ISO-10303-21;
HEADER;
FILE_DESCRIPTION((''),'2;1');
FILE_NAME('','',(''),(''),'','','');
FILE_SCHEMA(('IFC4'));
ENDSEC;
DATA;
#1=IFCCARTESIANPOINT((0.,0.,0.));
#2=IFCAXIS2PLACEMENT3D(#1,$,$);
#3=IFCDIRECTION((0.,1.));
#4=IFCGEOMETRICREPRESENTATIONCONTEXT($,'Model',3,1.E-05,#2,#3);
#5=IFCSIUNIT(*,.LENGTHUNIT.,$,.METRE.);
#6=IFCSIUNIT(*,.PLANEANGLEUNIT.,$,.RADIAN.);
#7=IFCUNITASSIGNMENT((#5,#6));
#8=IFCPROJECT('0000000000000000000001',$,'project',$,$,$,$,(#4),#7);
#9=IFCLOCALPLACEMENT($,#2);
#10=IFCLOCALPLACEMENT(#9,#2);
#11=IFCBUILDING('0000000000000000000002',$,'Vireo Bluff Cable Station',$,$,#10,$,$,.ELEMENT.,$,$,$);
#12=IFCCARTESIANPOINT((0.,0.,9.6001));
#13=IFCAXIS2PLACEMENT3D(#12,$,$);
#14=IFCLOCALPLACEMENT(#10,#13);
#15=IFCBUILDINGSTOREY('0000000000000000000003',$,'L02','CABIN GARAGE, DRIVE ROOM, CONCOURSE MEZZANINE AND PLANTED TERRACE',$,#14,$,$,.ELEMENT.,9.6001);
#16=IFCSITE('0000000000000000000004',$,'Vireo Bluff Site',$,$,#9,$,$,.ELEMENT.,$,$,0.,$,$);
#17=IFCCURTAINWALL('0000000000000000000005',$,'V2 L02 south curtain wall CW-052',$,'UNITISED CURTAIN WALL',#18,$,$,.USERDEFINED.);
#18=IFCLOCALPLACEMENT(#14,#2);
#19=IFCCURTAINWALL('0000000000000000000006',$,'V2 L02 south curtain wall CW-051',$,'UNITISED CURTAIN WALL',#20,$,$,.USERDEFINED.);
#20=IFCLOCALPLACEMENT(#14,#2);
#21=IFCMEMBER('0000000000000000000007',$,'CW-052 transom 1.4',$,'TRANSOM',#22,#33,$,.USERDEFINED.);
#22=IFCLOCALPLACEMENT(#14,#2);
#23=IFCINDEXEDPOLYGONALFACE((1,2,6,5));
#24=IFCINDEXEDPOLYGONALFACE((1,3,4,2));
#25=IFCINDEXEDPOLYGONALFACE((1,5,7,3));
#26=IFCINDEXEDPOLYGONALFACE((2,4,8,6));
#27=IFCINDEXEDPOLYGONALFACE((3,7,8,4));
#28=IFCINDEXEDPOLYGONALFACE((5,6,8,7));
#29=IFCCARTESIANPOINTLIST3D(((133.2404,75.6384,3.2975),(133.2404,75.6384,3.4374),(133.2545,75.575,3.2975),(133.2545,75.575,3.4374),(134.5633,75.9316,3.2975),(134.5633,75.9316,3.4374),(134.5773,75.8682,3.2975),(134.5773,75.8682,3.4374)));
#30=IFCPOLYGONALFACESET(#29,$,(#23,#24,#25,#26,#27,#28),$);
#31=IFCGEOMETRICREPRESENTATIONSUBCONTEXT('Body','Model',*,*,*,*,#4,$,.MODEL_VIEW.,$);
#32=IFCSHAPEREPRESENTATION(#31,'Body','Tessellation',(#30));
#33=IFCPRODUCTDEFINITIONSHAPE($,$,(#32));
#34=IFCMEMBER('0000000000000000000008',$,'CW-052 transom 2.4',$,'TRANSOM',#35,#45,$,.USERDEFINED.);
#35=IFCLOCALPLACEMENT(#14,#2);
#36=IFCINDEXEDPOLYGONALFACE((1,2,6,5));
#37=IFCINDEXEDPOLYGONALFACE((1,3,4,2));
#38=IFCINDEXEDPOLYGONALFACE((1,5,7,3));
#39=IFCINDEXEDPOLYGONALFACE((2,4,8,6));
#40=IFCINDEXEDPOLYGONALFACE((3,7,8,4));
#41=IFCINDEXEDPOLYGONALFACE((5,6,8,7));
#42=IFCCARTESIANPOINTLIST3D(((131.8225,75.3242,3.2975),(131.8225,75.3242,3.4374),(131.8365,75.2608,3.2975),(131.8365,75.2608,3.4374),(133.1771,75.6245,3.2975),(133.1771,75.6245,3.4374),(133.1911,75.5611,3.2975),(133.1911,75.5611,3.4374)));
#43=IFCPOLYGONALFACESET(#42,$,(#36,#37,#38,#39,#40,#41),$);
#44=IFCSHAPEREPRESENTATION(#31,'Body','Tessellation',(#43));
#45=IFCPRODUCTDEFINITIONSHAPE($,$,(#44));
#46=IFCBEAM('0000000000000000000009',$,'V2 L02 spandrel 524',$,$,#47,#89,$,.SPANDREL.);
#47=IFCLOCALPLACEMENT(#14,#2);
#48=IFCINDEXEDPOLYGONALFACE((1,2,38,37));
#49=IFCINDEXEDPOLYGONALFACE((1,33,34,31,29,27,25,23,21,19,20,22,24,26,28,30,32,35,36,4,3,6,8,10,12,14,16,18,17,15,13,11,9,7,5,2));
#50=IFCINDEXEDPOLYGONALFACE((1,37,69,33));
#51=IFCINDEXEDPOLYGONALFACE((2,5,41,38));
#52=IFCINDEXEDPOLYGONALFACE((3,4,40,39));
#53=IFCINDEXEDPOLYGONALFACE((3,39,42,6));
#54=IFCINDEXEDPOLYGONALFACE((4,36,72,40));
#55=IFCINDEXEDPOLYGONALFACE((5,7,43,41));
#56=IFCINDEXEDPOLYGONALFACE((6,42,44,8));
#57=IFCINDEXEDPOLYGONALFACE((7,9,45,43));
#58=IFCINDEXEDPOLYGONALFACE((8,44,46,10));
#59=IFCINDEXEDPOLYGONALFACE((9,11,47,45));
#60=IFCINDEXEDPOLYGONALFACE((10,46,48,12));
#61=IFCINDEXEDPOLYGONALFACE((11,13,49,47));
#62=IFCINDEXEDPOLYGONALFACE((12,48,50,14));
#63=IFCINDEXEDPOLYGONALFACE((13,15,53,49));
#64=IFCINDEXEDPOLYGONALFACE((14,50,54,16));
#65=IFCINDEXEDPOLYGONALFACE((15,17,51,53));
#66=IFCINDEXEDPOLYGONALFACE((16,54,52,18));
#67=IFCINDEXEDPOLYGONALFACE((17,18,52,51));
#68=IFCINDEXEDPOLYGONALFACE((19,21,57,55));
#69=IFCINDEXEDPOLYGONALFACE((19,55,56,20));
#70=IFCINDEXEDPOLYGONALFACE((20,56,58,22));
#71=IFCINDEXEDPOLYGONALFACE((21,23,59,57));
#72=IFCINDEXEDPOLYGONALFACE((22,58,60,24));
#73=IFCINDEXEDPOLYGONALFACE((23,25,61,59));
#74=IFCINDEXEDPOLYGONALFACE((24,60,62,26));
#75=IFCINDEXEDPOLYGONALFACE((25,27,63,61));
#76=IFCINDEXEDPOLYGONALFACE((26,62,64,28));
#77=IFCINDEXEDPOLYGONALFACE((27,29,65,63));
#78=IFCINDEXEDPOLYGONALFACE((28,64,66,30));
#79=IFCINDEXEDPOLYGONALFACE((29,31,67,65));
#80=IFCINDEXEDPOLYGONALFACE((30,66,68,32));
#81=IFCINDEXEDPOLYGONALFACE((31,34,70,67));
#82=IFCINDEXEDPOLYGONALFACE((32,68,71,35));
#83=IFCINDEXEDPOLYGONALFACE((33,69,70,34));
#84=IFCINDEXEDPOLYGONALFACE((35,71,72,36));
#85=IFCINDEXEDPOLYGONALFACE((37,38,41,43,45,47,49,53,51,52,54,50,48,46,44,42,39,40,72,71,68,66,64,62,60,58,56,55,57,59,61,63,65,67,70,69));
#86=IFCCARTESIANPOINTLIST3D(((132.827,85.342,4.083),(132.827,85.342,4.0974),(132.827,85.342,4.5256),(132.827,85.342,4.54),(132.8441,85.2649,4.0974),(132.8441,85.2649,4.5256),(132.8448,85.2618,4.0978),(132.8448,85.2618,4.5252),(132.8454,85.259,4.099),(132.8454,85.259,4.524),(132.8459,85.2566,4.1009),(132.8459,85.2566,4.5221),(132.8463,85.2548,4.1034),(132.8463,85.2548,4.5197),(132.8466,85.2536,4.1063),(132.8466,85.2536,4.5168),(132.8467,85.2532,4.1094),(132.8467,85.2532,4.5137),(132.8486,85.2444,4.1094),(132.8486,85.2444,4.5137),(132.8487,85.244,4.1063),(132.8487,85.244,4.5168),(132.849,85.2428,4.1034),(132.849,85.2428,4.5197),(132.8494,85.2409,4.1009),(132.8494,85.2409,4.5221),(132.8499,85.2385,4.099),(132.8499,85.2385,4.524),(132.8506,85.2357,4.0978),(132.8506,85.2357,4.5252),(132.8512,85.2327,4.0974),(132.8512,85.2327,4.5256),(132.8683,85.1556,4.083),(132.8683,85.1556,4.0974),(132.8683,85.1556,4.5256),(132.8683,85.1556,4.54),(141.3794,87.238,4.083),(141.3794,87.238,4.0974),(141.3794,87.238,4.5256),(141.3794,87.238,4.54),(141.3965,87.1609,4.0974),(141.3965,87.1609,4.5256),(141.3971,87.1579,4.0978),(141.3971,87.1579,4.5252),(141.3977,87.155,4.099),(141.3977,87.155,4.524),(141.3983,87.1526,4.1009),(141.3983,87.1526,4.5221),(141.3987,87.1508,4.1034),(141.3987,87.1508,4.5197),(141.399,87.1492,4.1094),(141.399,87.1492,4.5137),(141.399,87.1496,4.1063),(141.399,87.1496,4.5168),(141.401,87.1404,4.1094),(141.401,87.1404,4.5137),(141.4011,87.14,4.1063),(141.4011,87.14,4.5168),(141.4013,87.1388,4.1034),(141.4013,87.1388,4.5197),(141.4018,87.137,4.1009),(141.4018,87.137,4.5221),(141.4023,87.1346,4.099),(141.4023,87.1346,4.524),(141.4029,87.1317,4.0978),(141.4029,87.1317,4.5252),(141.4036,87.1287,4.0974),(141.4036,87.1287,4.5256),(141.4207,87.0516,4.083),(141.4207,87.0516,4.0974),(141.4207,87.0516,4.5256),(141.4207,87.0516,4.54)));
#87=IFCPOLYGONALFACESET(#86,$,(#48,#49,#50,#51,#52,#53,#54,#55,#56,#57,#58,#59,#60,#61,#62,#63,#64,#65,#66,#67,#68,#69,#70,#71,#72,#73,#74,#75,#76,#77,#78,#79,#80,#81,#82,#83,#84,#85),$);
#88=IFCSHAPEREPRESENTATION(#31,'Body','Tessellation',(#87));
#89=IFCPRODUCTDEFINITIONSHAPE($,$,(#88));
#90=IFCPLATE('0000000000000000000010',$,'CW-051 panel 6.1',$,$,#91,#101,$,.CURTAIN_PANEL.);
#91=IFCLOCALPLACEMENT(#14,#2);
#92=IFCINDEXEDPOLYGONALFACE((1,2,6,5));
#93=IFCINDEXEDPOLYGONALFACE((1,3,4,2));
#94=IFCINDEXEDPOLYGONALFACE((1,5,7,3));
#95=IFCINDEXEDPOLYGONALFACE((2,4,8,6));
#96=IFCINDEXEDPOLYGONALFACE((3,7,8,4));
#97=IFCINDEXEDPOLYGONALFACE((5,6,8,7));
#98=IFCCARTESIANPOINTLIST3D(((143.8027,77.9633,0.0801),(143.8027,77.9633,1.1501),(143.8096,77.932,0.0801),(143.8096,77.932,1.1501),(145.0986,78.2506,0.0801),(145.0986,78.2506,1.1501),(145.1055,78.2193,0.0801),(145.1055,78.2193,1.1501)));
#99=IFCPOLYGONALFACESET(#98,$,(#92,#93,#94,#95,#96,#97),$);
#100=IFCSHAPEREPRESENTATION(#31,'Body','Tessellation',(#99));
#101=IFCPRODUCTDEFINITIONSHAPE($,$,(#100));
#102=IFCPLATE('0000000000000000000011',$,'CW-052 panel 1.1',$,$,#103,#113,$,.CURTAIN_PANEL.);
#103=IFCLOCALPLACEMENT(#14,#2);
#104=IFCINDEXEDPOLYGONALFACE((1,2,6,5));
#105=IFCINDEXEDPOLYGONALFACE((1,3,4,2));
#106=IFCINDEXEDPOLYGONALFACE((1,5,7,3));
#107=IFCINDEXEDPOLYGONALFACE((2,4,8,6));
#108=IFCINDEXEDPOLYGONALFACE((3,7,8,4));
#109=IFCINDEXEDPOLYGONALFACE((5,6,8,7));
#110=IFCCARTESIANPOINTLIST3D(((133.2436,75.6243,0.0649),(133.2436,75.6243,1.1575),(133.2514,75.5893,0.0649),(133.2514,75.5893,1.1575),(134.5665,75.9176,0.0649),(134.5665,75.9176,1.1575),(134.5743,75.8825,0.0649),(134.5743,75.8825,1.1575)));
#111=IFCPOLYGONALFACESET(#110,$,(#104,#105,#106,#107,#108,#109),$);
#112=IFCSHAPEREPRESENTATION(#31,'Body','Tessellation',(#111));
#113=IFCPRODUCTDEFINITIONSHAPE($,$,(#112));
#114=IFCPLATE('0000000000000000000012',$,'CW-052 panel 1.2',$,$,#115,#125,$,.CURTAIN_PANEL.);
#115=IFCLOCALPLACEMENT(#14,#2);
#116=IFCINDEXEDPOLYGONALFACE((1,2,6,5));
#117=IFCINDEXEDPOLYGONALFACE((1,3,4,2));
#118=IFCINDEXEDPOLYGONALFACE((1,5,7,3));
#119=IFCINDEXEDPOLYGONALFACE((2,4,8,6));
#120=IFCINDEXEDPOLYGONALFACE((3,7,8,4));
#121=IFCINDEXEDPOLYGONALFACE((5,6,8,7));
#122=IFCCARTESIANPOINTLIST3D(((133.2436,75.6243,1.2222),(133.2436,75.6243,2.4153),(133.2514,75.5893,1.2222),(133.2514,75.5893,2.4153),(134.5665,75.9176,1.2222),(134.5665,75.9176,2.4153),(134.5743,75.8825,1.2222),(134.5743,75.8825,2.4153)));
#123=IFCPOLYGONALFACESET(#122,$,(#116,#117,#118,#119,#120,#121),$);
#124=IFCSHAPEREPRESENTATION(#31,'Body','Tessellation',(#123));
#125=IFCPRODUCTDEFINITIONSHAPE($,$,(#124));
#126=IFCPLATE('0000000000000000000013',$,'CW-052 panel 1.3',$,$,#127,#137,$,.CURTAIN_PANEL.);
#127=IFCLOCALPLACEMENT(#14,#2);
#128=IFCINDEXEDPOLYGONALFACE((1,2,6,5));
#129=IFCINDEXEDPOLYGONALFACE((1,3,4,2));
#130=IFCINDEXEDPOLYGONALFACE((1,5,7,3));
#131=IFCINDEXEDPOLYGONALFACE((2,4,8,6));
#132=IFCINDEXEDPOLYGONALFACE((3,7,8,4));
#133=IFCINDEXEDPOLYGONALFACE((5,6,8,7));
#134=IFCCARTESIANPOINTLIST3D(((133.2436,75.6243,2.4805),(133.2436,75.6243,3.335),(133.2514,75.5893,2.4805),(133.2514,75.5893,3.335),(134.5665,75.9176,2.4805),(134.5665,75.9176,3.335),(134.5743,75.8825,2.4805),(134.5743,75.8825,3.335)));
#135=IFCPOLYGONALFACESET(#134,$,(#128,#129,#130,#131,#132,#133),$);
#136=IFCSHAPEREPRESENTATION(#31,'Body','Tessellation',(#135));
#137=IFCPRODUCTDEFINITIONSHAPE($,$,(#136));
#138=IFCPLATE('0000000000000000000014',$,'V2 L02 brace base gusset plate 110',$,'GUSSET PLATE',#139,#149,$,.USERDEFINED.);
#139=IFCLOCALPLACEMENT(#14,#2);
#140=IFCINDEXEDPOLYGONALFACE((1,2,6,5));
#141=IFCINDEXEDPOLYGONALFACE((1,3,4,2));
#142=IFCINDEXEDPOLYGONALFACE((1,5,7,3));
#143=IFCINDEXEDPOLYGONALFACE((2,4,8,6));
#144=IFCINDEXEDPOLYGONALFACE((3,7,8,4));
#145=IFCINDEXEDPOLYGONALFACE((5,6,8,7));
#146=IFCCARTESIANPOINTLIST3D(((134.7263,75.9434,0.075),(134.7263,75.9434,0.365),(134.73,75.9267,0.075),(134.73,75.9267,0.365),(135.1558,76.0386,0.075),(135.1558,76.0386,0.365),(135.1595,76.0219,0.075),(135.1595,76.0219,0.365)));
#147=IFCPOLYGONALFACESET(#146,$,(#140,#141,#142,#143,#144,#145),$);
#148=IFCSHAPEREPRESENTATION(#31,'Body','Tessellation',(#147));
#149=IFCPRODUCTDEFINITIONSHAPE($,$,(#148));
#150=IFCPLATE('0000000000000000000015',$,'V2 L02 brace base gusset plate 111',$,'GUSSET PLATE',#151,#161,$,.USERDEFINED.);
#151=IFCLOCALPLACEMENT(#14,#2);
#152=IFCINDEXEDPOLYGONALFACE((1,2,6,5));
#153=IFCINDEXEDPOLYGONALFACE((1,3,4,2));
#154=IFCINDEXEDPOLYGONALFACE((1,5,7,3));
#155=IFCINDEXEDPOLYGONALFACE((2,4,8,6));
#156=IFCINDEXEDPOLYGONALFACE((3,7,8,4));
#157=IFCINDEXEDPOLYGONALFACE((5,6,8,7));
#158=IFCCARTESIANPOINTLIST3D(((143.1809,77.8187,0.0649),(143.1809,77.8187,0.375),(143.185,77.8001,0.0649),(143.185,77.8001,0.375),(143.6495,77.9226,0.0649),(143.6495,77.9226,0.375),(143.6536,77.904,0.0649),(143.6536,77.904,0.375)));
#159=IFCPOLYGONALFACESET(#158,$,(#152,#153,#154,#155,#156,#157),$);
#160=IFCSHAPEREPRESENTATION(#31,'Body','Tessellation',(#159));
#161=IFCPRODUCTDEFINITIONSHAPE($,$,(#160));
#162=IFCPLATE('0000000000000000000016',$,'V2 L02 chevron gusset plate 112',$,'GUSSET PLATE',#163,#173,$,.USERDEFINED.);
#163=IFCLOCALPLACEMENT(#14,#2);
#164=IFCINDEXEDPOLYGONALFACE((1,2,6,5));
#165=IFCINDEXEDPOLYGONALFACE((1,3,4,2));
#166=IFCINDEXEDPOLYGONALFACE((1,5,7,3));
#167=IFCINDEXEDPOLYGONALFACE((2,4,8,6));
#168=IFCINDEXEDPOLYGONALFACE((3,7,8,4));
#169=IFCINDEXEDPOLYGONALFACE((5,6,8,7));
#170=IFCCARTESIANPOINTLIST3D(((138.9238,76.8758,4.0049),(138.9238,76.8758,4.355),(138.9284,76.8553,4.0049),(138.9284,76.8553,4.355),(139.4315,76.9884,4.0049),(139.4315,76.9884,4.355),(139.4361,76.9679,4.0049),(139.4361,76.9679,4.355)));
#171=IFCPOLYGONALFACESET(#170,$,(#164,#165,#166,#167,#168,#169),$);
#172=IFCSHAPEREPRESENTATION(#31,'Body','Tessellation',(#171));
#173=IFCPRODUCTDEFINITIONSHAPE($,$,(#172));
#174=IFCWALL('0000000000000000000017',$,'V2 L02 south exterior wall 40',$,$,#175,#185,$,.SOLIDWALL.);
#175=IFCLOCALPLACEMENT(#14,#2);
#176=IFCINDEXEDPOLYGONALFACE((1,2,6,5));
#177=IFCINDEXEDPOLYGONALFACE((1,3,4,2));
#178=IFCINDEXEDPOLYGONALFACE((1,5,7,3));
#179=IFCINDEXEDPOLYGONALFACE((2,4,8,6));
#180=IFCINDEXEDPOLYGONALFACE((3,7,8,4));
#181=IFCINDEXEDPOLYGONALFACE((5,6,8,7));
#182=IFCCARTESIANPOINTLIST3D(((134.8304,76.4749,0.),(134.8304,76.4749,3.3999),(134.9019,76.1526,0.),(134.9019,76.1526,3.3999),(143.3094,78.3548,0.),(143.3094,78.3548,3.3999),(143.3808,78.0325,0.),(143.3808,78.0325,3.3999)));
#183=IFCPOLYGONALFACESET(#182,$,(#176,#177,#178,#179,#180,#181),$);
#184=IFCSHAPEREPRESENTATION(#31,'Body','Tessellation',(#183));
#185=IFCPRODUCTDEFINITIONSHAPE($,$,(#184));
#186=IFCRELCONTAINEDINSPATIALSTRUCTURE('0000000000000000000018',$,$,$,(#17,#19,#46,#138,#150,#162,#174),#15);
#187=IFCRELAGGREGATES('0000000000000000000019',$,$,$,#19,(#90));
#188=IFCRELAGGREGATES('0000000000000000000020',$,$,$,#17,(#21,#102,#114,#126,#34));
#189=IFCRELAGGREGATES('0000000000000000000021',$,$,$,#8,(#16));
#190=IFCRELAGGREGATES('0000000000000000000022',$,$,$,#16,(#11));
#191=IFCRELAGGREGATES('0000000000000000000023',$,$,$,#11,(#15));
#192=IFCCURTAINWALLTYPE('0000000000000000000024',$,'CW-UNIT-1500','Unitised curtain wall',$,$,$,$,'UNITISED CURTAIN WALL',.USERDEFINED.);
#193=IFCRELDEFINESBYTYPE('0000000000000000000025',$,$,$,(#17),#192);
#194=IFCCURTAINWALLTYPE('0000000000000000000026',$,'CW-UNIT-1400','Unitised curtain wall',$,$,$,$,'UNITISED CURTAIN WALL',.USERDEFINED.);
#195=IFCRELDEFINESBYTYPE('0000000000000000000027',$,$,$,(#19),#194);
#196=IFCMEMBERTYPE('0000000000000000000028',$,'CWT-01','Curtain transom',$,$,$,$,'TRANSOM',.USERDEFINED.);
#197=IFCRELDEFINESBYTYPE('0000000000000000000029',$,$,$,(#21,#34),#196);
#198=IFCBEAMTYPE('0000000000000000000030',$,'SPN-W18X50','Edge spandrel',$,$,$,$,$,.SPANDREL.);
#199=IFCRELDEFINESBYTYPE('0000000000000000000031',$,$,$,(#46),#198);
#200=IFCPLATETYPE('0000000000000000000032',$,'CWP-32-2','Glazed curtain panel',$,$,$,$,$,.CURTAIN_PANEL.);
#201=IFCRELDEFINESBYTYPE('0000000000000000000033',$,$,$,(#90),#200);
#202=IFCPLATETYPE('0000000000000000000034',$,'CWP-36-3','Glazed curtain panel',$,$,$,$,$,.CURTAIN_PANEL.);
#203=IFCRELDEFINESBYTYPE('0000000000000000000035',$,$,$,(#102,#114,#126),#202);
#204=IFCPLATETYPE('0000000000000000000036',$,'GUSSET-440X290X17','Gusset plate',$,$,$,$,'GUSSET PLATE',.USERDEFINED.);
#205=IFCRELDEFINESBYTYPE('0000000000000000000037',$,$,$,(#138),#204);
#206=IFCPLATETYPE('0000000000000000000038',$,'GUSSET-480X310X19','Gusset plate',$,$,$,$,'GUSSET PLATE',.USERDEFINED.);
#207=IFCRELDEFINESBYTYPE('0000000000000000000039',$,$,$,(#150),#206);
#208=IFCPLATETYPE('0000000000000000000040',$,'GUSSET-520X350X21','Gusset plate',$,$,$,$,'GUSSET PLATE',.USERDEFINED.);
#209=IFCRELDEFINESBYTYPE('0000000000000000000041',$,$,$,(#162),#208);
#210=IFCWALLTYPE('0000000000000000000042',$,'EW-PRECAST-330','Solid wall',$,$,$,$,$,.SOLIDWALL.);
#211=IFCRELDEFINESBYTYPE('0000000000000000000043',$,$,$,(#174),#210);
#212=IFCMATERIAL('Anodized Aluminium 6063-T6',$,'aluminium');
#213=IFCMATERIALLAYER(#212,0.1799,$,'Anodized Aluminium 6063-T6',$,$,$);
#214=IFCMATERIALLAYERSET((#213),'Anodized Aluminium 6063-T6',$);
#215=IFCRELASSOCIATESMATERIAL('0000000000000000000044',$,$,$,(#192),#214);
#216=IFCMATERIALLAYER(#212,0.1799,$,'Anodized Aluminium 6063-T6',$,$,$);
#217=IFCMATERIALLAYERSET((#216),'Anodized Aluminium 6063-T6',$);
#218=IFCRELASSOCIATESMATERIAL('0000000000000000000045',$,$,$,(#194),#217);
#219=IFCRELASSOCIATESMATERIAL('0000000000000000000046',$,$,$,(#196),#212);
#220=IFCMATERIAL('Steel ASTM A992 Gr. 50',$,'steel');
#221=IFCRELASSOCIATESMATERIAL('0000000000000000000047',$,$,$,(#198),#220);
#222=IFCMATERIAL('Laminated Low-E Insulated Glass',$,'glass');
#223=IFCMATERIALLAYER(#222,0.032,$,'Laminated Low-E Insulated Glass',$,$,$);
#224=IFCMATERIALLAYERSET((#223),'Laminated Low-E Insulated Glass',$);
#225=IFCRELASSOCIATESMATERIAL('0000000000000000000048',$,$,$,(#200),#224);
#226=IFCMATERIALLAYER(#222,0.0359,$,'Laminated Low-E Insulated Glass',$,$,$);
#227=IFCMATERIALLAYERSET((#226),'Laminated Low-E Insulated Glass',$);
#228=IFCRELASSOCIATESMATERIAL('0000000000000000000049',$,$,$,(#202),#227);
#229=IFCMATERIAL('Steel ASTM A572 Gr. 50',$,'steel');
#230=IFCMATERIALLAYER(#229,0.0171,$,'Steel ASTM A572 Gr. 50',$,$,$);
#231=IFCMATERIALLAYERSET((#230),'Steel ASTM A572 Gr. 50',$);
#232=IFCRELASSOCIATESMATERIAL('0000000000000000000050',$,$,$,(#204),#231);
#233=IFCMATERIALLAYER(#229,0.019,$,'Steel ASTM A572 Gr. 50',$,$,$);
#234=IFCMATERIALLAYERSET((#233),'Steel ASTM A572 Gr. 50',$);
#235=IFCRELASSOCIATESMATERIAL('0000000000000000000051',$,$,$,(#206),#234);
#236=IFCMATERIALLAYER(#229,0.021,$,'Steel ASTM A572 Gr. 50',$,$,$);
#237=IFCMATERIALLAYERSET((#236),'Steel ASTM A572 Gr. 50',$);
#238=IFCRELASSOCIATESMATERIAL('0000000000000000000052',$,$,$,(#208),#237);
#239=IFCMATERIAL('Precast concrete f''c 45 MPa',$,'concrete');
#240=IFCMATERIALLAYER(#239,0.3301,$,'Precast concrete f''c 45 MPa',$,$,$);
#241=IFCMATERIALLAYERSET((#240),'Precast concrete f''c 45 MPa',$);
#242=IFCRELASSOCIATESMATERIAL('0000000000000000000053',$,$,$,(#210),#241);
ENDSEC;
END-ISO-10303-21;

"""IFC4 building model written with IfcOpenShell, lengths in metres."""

from ifc_helpers import new_model, si_unit, direction, frame, frame_2d, origin, origin_2d, place, context, subcontext, project, spatial, rectangle, i_section, extrude, material, layer, layer_set, material_profile, profile_set, type_object, element, aggregate, save


model = new_model("IFC4")

# Units and contexts
model_context = context("Model", 3, precision=1e-05, world=origin(), true_north=direction((0.0, 1.0)))
body_context = subcontext(model_context, "Body", "Model", "MODEL_VIEW")
ifc_project = project(units=[si_unit("LENGTHUNIT", "METRE"), si_unit("PLANEANGLEUNIT", "RADIAN")], contexts=[model_context])

# Site, building, storey
site_placement = place(None, origin())
site = spatial("IfcSite", under=ifc_project, at=site_placement, Name="Vireo Bluff Site", CompositionType="ELEMENT", RefElevation=0.0)
building_placement = place(site_placement, origin())
building = spatial("IfcBuilding", under=site, at=building_placement, Name="Vireo Bluff Cable Station", CompositionType="ELEMENT")
storey_placement = place(building_placement, frame((0.0, 0.0, 9.6001)))
storey = spatial("IfcBuildingStorey", under=building, at=storey_placement, Name="L02", Description="CABIN GARAGE, DRIVE ROOM, CONCOURSE MEZZANINE AND PLANTED TERRACE", CompositionType="ELEMENT", Elevation=9.6001)

# Shared definitions
ifc_material_1 = material(Name="Steel ASTM A992 Gr. 50", Category="steel")

# Curtain wall
ifc_material_2 = material(Name="Anodized Aluminium 6063-T6", Category="aluminium")
ifc_layer_1 = layer(ifc_material_2, 0.1799, Name="Anodized Aluminium 6063-T6")
ifc_layer_set_1 = layer_set([ifc_layer_1], Name="Anodized Aluminium 6063-T6")
curtain_wall_type_1 = type_object("IfcCurtainWallType", Name="CW-UNIT-1500", Description="Unitised curtain wall", ElementType="UNITISED CURTAIN WALL", PredefinedType="USERDEFINED", material=ifc_layer_set_1)
curtain_wall_1_placement = place(storey_placement, origin())
curtain_wall_1 = element("IfcCurtainWall", 1, at=curtain_wall_1_placement, inside=storey, type_object=curtain_wall_type_1, Name="V2 L02 south curtain wall CW-052", ObjectType="UNITISED CURTAIN WALL", PredefinedType="USERDEFINED")

# Curtain wall
ifc_layer_2 = layer(ifc_material_2, 0.1799, Name="Anodized Aluminium 6063-T6")
ifc_layer_set_2 = layer_set([ifc_layer_2], Name="Anodized Aluminium 6063-T6")
curtain_wall_type_2 = type_object("IfcCurtainWallType", Name="CW-UNIT-1400", Description="Unitised curtain wall", ElementType="UNITISED CURTAIN WALL", PredefinedType="USERDEFINED", material=ifc_layer_set_2)
curtain_wall_2_placement = place(storey_placement, origin())
curtain_wall_2 = element("IfcCurtainWall", 2, at=curtain_wall_2_placement, inside=storey, type_object=curtain_wall_type_2, Name="V2 L02 south curtain wall CW-051", ObjectType="UNITISED CURTAIN WALL", PredefinedType="USERDEFINED")

# Members
ifc_material_profile_1 = material_profile(ifc_material_2, rectangle(XDim=0.0649, YDim=0.1399, at=origin_2d()), Name="ALU-T-65X140")
ifc_profile_set_1 = profile_set([ifc_material_profile_1], Name="Anodized Aluminium 6063-T6")
member_type_1 = type_object("IfcMemberType", Name="CWT-01", Description="Curtain transom", ElementType="TRANSOM", PredefinedType="USERDEFINED", material=ifc_profile_set_1)
member_1_placement = place(storey_placement, frame((134.5703, 75.8999, 3.3674), z_axis=(-0.976301, -0.216415, 0.0), x_axis=(0.216415, -0.976301, 0.0)))
member_1 = element("IfcMember", 3, at=member_1_placement, type_object=member_type_1, Name="CW-052 transom 1.4", ObjectType="TRANSOM", PredefinedType="USERDEFINED", context=body_context, shape_type="SweptSolid", body=[
    extrude(rectangle(XDim=0.0649, YDim=0.1399, at=origin_2d()), origin(), (0.0, 0.0, 1.0), 1.355),
])
member_2_placement = place(storey_placement, frame((133.1841, 75.5928, 3.3674), z_axis=(-0.976295, -0.216446, 0.0), x_axis=(0.216446, -0.976295, 0.0)))
member_2 = element("IfcMember", 4, at=member_2_placement, type_object=member_type_1, Name="CW-052 transom 2.4", ObjectType="TRANSOM", PredefinedType="USERDEFINED", context=body_context, shape_type="SweptSolid", body=[
    extrude(rectangle(XDim=0.0649, YDim=0.1399, at=origin_2d()), origin(), (0.0, 0.0, 1.0), 1.3875),
])

# Beam
ifc_material_profile_2 = material_profile(ifc_material_1, i_section(OverallWidth=0.1909, OverallDepth=0.457, WebThickness=0.009, FlangeThickness=0.0144, FilletRadius=0.012, at=origin_2d()), Name="W18X50")
ifc_profile_set_2 = profile_set([ifc_material_profile_2], Name="Steel ASTM A992 Gr. 50")
beam_type = type_object("IfcBeamType", Name="SPN-W18X50", Description="Edge spandrel", PredefinedType="SPANDREL", material=ifc_profile_set_2)
beam_placement = place(storey_placement, frame((132.8477, 85.2488, 4.3115), z_axis=(0.976296, 0.216441, 0.0), x_axis=(-0.216441, 0.976296, 0.0)))
element("IfcBeam", 5, at=beam_placement, inside=storey, type_object=beam_type, Name="V2 L02 spandrel 524", PredefinedType="SPANDREL", context=body_context, shape_type="SweptSolid", body=[
    extrude(i_section(OverallWidth=0.1909, OverallDepth=0.457, WebThickness=0.009, FlangeThickness=0.0144, FilletRadius=0.012, at=origin_2d()), origin(), (0.0, 0.0, 1.0), 8.76),
])

# Plates
ifc_material_3 = material(Name="Laminated Low-E Insulated Glass", Category="glass")
ifc_layer_3 = layer(ifc_material_3, 0.032, Name="Laminated Low-E Insulated Glass")
ifc_layer_set_3 = layer_set([ifc_layer_3], Name="Laminated Low-E Insulated Glass")
plate_type_1 = type_object("IfcPlateType", Name="CWP-32-2", Description="Glazed curtain panel", PredefinedType="CURTAIN_PANEL", material=ifc_layer_set_3)
plate_1_placement = place(storey_placement, frame((144.4541, 78.0913, 0.0801), z_axis=(0.0, 0.0, 1.0), x_axis=(-0.976296, -0.21644, 0.0)))
plate_1 = element("IfcPlate", 6, at=plate_1_placement, type_object=plate_type_1, Name="CW-051 panel 6.1", PredefinedType="CURTAIN_PANEL", context=body_context, shape_type="SweptSolid", body=[
    extrude(rectangle(XDim=1.3274, YDim=0.032, at=origin_2d()), origin(), (0.0, 0.0, 1.0), 1.0701),
])
aggregate(curtain_wall_2, [plate_1])
ifc_layer_4 = layer(ifc_material_3, 0.0359, Name="Laminated Low-E Insulated Glass")
ifc_layer_set_4 = layer_set([ifc_layer_4], Name="Laminated Low-E Insulated Glass")
plate_type_2 = type_object("IfcPlateType", Name="CWP-36-3", Description="Glazed curtain panel", PredefinedType="CURTAIN_PANEL", material=ifc_layer_set_4)
plate_2_placement = place(storey_placement, frame((133.9089, 75.7534, 0.0649), z_axis=(0.0, 0.0, 1.0), x_axis=(-0.976296, -0.21644, 0.0)))
plate_2 = element("IfcPlate", 7, at=plate_2_placement, type_object=plate_type_2, Name="CW-052 panel 1.1", PredefinedType="CURTAIN_PANEL", context=body_context, shape_type="SweptSolid", body=[
    extrude(rectangle(XDim=1.355, YDim=0.0359, at=origin_2d()), origin(), (0.0, 0.0, 1.0), 1.0925),
])
plate_3_placement = place(storey_placement, frame((133.9089, 75.7534, 1.2222), z_axis=(0.0, 0.0, 1.0), x_axis=(-0.976296, -0.21644, 0.0)))
plate_3 = element("IfcPlate", 8, at=plate_3_placement, type_object=plate_type_2, Name="CW-052 panel 1.2", PredefinedType="CURTAIN_PANEL", context=body_context, shape_type="SweptSolid", body=[
    extrude(rectangle(XDim=1.355, YDim=0.0359, at=origin_2d()), origin(), (0.0, 0.0, 1.0), 1.1931),
])
plate_4_placement = place(storey_placement, frame((133.9089, 75.7534, 2.4805), z_axis=(0.0, 0.0, 1.0), x_axis=(-0.976296, -0.21644, 0.0)))
plate_4 = element("IfcPlate", 9, at=plate_4_placement, type_object=plate_type_2, Name="CW-052 panel 1.3", PredefinedType="CURTAIN_PANEL", context=body_context, shape_type="SweptSolid", body=[
    extrude(rectangle(XDim=1.355, YDim=0.0359, at=origin_2d()), origin(), (0.0, 0.0, 1.0), 0.8545),
])
aggregate(curtain_wall_1, [member_1, plate_2, plate_3, plate_4, member_2])

# Plates
ifc_material_4 = material(Name="Steel ASTM A572 Gr. 50", Category="steel")
ifc_layer_5 = layer(ifc_material_4, 0.0171, Name="Steel ASTM A572 Gr. 50")
ifc_layer_set_5 = layer_set([ifc_layer_5], Name="Steel ASTM A572 Gr. 50")
plate_type_3 = type_object("IfcPlateType", Name="GUSSET-440X290X17", Description="Gusset plate", ElementType="GUSSET PLATE", PredefinedType="USERDEFINED", material=ifc_layer_set_5)
plate_5_placement = place(storey_placement, frame((134.9429, 75.9827, 0.075), z_axis=(0.0, 0.0, 1.0), x_axis=(0.976296, 0.21644, 0.0)))
element("IfcPlate", 10, at=plate_5_placement, inside=storey, type_object=plate_type_3, Name="V2 L02 brace base gusset plate 110", ObjectType="GUSSET PLATE", PredefinedType="USERDEFINED", context=body_context, shape_type="SweptSolid", body=[
    extrude(rectangle(XDim=0.4399, YDim=0.0171, at=origin_2d()), origin(), (0.0, 0.0, 1.0), 0.29),
])
ifc_layer_6 = layer(ifc_material_4, 0.019, Name="Steel ASTM A572 Gr. 50")
ifc_layer_set_6 = layer_set([ifc_layer_6], Name="Steel ASTM A572 Gr. 50")
plate_type_4 = type_object("IfcPlateType", Name="GUSSET-480X310X19", Description="Gusset plate", ElementType="GUSSET PLATE", PredefinedType="USERDEFINED", material=ifc_layer_set_6)
plate_6_placement = place(storey_placement, frame((143.4172, 77.8613, 0.0649), z_axis=(0.0, 0.0, 1.0), x_axis=(0.976296, 0.21644, 0.0)))
element("IfcPlate", 11, at=plate_6_placement, inside=storey, type_object=plate_type_4, Name="V2 L02 brace base gusset plate 111", ObjectType="GUSSET PLATE", PredefinedType="USERDEFINED", context=body_context, shape_type="SweptSolid", body=[
    extrude(rectangle(XDim=0.48, YDim=0.019, at=origin_2d()), origin(), (0.0, 0.0, 1.0), 0.3101),
])
ifc_layer_7 = layer(ifc_material_4, 0.021, Name="Steel ASTM A572 Gr. 50")
ifc_layer_set_7 = layer_set([ifc_layer_7], Name="Steel ASTM A572 Gr. 50")
plate_type_5 = type_object("IfcPlateType", Name="GUSSET-520X350X21", Description="Gusset plate", ElementType="GUSSET PLATE", PredefinedType="USERDEFINED", material=ifc_layer_set_7)
plate_7_placement = place(storey_placement, frame((139.1799, 76.9219, 4.0049), z_axis=(0.0, 0.0, 1.0), x_axis=(0.976296, 0.21644, 0.0)))
element("IfcPlate", 12, at=plate_7_placement, inside=storey, type_object=plate_type_5, Name="V2 L02 chevron gusset plate 112", ObjectType="GUSSET PLATE", PredefinedType="USERDEFINED", context=body_context, shape_type="SweptSolid", body=[
    extrude(rectangle(XDim=0.52, YDim=0.021, at=origin_2d()), origin(), (0.0, 0.0, 1.0), 0.3501),
])

# Wall
ifc_material_5 = material(Name="Precast concrete f'c 45 MPa", Category="concrete")
ifc_layer_8 = layer(ifc_material_5, 0.3301, Name="Precast concrete f'c 45 MPa")
ifc_layer_set_8 = layer_set([ifc_layer_8], Name="Precast concrete f'c 45 MPa")
wall_type = type_object("IfcWallType", Name="EW-PRECAST-330", Description="Solid wall", PredefinedType="SOLIDWALL", material=ifc_layer_set_8)
wall_placement = place(storey_placement, frame((143.345, 78.1936, 0.0), z_axis=(0.0, 0.0, 1.0), x_axis=(-0.976293, -0.216454, 0.0)))
element("IfcWall", 13, at=wall_placement, inside=storey, type_object=wall_type, Name="V2 L02 south exterior wall 40", PredefinedType="SOLIDWALL", context=body_context, shape_type="SweptSolid", body=[
    extrude(rectangle(XDim=8.6848, YDim=0.3301, at=frame_2d((4.3423, 0.0))), origin(), (0.0, 0.0, 1.0), 3.3999),
])

save(model, "model.ifc")
